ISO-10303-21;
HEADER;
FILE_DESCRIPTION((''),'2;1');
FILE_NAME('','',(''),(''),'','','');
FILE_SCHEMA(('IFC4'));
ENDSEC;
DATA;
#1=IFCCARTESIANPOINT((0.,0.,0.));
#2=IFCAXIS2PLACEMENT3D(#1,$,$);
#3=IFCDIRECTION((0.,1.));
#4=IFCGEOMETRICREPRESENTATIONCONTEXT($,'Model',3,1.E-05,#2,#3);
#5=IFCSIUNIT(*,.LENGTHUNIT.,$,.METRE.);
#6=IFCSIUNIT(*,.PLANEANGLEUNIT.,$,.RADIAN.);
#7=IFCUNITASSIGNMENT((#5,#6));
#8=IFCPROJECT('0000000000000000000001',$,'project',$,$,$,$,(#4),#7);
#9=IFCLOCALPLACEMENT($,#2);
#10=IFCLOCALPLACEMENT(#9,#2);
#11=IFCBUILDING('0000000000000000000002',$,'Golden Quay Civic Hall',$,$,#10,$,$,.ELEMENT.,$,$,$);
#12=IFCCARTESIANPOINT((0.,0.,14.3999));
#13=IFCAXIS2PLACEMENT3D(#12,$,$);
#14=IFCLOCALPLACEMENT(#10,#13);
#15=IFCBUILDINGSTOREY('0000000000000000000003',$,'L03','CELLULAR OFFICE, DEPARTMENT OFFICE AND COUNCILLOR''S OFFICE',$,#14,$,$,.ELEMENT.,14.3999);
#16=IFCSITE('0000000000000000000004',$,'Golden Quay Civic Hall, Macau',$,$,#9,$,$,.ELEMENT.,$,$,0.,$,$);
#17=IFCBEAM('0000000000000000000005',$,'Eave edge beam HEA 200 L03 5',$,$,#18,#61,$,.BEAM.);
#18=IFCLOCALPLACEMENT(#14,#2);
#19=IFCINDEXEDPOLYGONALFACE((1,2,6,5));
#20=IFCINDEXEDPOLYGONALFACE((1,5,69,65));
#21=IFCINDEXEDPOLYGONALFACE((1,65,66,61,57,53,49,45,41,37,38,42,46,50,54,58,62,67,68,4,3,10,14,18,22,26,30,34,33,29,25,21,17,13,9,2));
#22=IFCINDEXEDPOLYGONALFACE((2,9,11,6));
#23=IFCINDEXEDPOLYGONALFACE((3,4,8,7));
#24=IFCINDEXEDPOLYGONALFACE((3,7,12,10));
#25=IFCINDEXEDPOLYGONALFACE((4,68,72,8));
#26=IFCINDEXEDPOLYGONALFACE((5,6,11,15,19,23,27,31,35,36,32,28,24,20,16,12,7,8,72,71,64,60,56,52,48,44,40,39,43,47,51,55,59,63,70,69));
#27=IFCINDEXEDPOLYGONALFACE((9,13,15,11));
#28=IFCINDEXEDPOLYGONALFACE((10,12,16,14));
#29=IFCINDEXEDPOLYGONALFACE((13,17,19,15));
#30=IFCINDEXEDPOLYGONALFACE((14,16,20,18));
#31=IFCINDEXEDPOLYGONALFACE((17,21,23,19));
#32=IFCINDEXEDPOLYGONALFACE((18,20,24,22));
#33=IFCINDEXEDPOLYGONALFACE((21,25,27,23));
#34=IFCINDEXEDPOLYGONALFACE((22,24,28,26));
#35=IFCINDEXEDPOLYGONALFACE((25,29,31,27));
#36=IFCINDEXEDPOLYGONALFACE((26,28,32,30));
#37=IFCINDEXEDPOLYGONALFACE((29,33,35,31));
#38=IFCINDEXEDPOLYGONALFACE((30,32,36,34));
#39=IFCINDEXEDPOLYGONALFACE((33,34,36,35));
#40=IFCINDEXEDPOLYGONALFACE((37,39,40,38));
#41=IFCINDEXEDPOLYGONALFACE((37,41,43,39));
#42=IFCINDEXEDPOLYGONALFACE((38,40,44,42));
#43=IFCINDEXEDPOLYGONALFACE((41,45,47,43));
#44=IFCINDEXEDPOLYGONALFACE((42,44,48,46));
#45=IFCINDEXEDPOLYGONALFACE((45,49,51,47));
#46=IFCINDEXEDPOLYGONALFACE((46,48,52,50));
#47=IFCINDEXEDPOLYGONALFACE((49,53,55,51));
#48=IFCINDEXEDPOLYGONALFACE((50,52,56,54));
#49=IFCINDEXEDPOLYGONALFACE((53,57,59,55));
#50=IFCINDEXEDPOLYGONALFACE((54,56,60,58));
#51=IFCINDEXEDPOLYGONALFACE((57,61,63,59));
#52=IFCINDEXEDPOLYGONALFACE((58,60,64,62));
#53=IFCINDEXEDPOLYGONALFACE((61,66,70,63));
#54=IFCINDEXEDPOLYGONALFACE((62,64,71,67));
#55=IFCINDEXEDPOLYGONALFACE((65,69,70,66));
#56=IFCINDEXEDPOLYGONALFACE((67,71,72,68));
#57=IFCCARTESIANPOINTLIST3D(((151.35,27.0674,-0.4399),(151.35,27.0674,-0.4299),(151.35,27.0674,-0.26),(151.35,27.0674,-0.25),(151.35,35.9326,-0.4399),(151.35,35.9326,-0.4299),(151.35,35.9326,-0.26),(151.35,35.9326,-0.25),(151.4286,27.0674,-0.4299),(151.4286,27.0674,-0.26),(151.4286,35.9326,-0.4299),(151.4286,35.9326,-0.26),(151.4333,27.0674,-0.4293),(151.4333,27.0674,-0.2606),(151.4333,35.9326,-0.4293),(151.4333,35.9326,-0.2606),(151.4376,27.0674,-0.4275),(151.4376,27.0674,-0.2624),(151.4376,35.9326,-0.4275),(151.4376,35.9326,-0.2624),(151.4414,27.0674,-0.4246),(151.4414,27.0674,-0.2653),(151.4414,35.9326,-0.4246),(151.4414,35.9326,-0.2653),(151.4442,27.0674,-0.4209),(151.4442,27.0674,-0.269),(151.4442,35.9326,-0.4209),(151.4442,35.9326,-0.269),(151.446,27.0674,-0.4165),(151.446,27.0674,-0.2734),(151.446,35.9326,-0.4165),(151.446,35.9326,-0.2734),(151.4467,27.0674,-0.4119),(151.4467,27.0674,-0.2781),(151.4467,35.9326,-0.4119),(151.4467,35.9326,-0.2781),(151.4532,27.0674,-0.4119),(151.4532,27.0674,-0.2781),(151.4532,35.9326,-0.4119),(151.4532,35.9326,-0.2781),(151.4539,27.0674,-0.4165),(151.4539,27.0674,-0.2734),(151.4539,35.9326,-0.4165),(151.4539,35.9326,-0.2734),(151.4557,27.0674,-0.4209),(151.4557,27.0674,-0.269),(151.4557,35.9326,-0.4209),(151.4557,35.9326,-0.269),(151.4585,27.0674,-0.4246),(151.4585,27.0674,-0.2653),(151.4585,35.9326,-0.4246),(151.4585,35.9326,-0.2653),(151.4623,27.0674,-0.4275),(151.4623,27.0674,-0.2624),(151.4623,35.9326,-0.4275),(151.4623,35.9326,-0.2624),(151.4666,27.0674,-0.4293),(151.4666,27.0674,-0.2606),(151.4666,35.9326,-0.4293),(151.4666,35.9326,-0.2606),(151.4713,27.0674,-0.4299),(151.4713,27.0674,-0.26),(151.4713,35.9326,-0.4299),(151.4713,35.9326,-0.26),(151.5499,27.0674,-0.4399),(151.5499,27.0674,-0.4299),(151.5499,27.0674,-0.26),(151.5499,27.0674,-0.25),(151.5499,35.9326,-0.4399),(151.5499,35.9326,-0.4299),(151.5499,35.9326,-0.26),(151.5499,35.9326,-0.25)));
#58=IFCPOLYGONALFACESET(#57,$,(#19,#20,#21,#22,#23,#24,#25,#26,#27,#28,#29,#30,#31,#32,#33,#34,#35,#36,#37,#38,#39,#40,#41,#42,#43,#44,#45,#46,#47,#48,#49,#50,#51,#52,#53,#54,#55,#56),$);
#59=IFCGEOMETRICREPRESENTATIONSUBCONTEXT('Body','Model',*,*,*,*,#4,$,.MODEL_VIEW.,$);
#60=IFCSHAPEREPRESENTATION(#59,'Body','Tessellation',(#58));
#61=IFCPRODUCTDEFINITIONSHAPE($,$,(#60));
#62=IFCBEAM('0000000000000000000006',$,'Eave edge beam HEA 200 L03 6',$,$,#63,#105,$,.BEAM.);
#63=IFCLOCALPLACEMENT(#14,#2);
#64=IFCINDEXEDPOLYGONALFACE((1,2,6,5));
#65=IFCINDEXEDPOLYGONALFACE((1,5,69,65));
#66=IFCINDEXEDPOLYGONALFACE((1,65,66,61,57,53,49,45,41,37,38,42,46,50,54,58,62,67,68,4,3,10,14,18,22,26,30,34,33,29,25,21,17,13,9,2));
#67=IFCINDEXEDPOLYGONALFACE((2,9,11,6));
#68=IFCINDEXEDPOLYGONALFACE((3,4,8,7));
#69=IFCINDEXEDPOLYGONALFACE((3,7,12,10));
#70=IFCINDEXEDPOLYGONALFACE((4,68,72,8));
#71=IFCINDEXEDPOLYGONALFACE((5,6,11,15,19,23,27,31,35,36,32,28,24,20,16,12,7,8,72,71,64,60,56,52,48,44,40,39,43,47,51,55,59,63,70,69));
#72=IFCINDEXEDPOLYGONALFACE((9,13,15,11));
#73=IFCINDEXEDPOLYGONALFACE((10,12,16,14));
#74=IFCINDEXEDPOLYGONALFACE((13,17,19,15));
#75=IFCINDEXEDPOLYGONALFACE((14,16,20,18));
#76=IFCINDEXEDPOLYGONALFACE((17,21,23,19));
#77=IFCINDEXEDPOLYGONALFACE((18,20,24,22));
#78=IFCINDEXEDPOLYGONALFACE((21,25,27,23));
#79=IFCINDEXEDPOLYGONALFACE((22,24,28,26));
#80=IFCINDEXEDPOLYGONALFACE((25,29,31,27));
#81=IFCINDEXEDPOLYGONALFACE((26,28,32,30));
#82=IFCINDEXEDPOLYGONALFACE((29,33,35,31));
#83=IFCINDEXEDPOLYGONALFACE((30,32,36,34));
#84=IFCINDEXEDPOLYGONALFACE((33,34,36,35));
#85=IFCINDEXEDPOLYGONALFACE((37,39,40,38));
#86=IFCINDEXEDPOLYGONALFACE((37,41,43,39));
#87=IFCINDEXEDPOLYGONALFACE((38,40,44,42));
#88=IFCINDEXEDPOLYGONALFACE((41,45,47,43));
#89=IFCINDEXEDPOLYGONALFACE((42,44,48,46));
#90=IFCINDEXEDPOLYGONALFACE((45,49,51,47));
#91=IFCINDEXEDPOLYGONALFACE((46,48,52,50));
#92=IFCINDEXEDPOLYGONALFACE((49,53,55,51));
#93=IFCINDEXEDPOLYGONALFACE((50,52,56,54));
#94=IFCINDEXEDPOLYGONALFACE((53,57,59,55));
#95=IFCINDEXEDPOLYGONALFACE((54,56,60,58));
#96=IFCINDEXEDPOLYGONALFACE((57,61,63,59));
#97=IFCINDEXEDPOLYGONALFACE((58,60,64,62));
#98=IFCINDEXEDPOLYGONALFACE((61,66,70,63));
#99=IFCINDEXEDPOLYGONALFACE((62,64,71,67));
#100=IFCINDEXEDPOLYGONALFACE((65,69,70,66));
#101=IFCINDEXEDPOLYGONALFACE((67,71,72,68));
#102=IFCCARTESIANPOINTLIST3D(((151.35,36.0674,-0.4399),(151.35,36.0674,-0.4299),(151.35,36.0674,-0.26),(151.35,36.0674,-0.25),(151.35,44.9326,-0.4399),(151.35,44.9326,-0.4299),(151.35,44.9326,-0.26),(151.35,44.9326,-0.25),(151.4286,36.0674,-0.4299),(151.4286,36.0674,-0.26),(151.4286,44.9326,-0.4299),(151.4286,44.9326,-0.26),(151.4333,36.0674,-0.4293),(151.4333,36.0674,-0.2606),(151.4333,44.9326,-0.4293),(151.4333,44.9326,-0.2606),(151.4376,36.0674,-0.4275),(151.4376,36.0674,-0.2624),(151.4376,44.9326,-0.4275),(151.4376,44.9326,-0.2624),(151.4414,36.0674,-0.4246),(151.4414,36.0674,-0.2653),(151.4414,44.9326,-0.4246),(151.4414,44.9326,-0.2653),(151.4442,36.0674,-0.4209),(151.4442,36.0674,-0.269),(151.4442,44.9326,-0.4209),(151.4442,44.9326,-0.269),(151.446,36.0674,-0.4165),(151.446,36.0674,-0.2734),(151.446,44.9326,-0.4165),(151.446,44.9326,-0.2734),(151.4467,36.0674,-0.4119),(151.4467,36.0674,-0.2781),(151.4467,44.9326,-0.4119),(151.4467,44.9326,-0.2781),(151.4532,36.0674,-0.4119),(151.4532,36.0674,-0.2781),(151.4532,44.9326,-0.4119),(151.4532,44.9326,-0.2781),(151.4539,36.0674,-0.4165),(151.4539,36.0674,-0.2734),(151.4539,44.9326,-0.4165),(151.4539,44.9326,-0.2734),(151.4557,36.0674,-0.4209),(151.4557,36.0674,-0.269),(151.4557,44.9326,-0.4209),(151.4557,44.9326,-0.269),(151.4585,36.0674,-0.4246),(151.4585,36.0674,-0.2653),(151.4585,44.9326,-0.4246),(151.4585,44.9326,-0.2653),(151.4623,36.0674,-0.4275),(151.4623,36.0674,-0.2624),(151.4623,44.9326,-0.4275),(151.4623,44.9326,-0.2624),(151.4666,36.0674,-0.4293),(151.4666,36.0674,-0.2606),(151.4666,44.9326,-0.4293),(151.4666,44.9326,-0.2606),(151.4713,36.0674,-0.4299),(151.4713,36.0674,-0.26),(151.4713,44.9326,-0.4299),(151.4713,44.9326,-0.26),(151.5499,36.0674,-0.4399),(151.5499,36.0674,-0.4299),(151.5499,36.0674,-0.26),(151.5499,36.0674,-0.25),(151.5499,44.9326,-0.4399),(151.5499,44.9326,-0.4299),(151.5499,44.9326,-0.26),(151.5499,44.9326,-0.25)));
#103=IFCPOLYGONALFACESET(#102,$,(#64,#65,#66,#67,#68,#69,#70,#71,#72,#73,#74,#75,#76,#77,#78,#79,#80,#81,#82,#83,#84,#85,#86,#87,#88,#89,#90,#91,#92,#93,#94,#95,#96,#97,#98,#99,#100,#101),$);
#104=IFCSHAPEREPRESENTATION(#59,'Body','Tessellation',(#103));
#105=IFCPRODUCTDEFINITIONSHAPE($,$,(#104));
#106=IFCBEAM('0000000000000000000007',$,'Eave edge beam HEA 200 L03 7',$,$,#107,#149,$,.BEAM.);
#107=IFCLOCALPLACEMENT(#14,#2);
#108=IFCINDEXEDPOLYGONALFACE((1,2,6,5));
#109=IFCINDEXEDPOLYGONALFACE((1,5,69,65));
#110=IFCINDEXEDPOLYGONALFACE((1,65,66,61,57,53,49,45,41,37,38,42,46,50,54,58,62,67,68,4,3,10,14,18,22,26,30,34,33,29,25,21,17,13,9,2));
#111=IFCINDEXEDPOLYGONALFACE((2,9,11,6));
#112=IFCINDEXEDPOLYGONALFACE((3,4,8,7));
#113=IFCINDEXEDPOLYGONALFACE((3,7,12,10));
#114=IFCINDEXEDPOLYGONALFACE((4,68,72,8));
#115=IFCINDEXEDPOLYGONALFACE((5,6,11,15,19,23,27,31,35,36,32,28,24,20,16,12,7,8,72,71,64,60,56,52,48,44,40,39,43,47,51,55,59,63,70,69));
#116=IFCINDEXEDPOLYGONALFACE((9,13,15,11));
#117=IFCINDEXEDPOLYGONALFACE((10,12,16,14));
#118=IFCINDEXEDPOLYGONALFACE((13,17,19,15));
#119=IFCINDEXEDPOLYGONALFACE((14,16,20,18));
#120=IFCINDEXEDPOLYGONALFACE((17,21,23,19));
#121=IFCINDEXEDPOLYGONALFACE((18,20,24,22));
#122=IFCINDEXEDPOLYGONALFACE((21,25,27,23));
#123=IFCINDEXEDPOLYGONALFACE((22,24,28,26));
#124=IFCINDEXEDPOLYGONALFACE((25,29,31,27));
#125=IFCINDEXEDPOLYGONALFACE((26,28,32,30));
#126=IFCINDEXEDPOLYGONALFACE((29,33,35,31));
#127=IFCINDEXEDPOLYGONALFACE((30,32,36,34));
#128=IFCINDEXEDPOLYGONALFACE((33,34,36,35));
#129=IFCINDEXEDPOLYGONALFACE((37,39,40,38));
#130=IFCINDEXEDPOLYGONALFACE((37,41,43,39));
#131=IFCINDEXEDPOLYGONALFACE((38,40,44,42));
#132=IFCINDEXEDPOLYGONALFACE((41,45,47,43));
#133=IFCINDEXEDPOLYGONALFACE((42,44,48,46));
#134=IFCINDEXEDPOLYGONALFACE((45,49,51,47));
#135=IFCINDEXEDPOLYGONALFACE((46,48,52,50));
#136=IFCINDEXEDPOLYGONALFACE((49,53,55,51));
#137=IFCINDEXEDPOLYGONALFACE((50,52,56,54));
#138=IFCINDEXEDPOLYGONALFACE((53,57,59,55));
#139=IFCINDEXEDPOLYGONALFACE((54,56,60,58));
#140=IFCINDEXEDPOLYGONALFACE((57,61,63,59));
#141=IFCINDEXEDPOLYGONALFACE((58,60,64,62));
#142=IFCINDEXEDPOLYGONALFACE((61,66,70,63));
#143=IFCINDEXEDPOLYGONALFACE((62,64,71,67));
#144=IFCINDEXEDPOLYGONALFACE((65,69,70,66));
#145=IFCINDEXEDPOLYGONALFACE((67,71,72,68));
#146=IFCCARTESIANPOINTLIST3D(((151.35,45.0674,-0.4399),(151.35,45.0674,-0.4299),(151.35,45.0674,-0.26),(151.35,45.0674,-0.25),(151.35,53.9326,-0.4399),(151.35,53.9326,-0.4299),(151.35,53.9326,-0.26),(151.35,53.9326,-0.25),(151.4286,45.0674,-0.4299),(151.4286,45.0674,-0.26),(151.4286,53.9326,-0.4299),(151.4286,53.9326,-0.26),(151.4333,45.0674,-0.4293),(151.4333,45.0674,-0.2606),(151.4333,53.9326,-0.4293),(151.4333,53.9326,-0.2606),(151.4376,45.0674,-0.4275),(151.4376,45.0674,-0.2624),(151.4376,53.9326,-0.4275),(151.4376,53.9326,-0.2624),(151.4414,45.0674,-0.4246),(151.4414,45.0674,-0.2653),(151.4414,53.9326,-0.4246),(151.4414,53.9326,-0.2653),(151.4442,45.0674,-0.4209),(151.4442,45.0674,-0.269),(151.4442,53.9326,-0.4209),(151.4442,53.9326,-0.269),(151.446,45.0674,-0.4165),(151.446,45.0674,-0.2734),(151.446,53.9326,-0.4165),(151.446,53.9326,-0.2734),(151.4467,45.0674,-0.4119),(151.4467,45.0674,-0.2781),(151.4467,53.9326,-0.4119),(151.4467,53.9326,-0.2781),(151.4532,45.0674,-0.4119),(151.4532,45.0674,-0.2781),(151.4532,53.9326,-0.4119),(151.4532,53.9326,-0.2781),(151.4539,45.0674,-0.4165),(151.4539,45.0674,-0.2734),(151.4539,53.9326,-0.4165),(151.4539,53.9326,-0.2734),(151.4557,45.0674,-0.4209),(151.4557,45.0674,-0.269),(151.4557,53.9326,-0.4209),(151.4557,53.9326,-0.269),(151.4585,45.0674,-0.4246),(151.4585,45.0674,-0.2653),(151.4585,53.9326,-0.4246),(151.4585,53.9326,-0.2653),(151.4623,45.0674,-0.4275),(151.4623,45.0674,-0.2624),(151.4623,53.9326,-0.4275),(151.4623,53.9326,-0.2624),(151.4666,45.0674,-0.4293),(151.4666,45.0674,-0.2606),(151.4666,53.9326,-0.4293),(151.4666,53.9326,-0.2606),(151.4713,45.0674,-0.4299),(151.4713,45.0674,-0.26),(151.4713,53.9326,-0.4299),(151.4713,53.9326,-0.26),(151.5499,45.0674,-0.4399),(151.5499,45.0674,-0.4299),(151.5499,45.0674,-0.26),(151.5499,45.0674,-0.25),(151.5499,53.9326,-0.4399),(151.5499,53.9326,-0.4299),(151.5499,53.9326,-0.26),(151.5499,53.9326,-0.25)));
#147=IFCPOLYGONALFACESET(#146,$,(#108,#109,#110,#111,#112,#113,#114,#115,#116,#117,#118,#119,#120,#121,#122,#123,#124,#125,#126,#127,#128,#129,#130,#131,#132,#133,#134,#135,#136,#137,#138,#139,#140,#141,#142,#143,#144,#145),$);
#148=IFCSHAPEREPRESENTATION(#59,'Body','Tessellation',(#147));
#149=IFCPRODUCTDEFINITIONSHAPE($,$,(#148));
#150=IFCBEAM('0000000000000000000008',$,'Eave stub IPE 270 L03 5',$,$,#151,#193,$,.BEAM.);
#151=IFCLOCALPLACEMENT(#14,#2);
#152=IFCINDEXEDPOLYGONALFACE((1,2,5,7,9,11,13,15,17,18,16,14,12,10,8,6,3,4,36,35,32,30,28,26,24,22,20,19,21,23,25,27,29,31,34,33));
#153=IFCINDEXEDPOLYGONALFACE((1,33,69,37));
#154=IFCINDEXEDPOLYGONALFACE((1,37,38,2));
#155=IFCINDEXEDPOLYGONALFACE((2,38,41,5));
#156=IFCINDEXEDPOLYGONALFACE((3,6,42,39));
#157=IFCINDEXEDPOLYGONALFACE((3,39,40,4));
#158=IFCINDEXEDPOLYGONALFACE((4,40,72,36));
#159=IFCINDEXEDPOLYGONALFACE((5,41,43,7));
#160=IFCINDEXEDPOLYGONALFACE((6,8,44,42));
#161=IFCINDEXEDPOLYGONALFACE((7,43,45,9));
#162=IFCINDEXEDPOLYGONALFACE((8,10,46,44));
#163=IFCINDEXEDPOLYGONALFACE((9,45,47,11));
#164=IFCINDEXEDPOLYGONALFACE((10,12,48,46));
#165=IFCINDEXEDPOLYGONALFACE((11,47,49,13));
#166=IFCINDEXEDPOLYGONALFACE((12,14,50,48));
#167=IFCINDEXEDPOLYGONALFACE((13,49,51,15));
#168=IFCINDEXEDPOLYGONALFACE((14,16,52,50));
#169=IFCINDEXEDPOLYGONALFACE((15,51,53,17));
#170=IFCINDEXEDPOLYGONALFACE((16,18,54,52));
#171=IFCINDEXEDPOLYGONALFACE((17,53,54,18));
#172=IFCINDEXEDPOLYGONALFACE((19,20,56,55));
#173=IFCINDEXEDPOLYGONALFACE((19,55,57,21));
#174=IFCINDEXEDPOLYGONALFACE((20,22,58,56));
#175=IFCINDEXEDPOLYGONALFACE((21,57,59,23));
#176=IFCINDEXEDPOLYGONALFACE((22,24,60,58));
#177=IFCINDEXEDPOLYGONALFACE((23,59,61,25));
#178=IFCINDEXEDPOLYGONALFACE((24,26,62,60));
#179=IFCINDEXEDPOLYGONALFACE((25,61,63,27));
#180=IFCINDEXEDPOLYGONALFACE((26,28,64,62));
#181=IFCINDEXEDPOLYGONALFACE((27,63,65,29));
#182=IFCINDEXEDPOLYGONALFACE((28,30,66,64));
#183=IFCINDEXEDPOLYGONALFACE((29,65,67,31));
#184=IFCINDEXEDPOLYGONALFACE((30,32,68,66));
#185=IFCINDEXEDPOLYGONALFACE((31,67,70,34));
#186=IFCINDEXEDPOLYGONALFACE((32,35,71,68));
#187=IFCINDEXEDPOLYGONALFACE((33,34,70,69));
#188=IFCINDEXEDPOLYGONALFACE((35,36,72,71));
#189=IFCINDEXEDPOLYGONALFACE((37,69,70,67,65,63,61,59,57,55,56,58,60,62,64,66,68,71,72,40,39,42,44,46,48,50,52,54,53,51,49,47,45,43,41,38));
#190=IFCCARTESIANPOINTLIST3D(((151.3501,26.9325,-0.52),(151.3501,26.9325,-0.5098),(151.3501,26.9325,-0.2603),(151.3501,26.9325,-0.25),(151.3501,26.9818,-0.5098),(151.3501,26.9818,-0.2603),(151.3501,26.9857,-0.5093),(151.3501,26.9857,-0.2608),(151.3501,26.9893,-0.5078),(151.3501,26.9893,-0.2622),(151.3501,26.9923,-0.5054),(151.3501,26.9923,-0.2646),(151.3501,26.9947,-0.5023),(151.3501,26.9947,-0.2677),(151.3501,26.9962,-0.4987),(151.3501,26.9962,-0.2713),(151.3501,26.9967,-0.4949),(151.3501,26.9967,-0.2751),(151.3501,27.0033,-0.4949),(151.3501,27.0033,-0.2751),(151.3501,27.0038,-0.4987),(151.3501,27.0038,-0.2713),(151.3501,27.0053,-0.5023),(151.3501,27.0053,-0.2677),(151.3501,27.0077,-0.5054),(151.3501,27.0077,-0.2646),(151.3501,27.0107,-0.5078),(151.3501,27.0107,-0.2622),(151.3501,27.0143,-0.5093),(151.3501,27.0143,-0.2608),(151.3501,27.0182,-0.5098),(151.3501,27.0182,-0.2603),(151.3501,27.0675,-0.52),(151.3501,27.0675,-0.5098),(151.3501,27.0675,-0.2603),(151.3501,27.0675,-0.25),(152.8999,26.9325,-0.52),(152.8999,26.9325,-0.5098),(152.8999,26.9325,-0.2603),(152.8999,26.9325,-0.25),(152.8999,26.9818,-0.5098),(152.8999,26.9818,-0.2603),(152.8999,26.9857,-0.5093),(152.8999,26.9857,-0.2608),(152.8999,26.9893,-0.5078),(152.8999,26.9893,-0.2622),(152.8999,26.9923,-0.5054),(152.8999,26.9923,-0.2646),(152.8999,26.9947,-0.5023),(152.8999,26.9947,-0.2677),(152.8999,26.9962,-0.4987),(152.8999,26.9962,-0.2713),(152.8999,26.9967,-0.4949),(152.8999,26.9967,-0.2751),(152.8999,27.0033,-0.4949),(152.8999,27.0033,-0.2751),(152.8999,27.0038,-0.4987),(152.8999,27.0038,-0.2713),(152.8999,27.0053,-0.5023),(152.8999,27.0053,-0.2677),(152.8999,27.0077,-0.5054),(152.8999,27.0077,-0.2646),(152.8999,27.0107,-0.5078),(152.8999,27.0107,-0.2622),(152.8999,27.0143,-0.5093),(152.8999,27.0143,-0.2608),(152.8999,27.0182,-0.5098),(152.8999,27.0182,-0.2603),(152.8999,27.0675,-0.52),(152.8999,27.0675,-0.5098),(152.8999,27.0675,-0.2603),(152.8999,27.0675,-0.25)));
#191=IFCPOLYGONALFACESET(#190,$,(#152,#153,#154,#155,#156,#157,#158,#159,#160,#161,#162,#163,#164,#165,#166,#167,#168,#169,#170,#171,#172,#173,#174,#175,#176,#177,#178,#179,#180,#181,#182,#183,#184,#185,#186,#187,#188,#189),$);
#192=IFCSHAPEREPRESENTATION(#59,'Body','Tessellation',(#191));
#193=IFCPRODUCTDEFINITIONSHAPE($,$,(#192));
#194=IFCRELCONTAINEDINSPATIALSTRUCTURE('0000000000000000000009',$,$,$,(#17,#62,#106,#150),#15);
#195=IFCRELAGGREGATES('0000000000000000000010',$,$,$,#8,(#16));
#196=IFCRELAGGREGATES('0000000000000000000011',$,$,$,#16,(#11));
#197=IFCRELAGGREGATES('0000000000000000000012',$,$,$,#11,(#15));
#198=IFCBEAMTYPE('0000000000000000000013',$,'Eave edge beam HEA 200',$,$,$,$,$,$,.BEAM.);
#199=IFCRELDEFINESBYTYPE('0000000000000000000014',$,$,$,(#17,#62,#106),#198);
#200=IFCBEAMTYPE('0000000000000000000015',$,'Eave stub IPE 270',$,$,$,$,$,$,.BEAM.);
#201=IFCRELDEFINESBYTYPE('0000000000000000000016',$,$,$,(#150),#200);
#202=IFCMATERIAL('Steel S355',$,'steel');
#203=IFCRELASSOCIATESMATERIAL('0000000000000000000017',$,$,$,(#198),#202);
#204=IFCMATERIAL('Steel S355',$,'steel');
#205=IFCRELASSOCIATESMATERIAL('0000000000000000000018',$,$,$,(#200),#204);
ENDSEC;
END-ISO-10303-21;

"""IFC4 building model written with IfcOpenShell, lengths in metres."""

from ifc_helpers import new_model, si_unit, direction, frame, origin, origin_2d, place, context, subcontext, project, spatial, i_section, extrude, material, material_profile, profile_set, type_object, element, save


model = new_model("IFC4")

# Units and contexts
model_context = context("Model", 3, precision=1e-05, world=origin(), true_north=direction((0.0, 1.0)))
body_context = subcontext(model_context, "Body", "Model", "MODEL_VIEW")
ifc_project = project(units=[si_unit("LENGTHUNIT", "METRE"), si_unit("PLANEANGLEUNIT", "RADIAN")], contexts=[model_context])

# Site, building, storey
site_placement = place(None, origin())
site = spatial("IfcSite", under=ifc_project, at=site_placement, Name="Golden Quay Civic Hall, Macau", CompositionType="ELEMENT", RefElevation=0.0)
building_placement = place(site_placement, origin())
building = spatial("IfcBuilding", under=site, at=building_placement, Name="Golden Quay Civic Hall", CompositionType="ELEMENT")
storey_placement = place(building_placement, frame((0.0, 0.0, 14.3999)))
storey = spatial("IfcBuildingStorey", under=building, at=storey_placement, Name="L03", Description="CELLULAR OFFICE, DEPARTMENT OFFICE AND COUNCILLOR'S OFFICE", CompositionType="ELEMENT", Elevation=14.3999)

# Beams
ifc_material_1 = material(Name="Steel S355", Category="steel")
ifc_material_profile_1 = material_profile(ifc_material_1, i_section(OverallWidth=0.2, OverallDepth=0.1899, WebThickness=0.0066, FlangeThickness=0.01, FilletRadius=0.0181, at=origin_2d()), Name="HEA 200")
ifc_profile_set_1 = profile_set([ifc_material_profile_1], Name="Steel S355")
beam_type_1 = type_object("IfcBeamType", Name="Eave edge beam HEA 200", PredefinedType="BEAM", material=ifc_profile_set_1)
for number, where, z_axis, x_axis, name in (
    (1, (151.45, 27.0674, -0.345), (0.0, 1.0, 0.0), (-1.0, 0.0, 0.0), "Eave edge beam HEA 200 L03 5"),
    (2, (151.45, 36.0674, -0.345), (0.0, 1.0, 0.0), (-1.0, 0.0, 0.0), "Eave edge beam HEA 200 L03 6"),
    (3, (151.45, 45.0674, -0.345), (0.0, 1.0, 0.0), (-1.0, 0.0, 0.0), "Eave edge beam HEA 200 L03 7"),
):
    element("IfcBeam", number, at=place(storey_placement, frame(where, z_axis=z_axis, x_axis=x_axis)), inside=storey, type_object=beam_type_1, Name=name, PredefinedType="BEAM", context=body_context, shape_type="SweptSolid", body=[
        extrude(i_section(OverallWidth=0.2, OverallDepth=0.1899, WebThickness=0.0066, FlangeThickness=0.01, FilletRadius=0.0181, at=origin_2d()), origin(), (0.0, 0.0, 1.0), 8.8652),
    ])
ifc_material_2 = material(Name="Steel S355", Category="steel")
ifc_material_profile_2 = material_profile(ifc_material_2, i_section(OverallWidth=0.135, OverallDepth=0.27, WebThickness=0.0066, FlangeThickness=0.0103, FilletRadius=0.0149, at=origin_2d()), Name="IPE 270")
ifc_profile_set_2 = profile_set([ifc_material_profile_2], Name="Steel S355")
beam_type_2 = type_object("IfcBeamType", Name="Eave stub IPE 270", PredefinedType="BEAM", material=ifc_profile_set_2)
for number, where, z_axis, x_axis, name in (
    (4, (152.8999, 27.0, -0.385), (-1.0, 0.0, 0.0), (0.0, -1.0, 0.0), "Eave stub IPE 270 L03 5"),
):
    element("IfcBeam", number, at=place(storey_placement, frame(where, z_axis=z_axis, x_axis=x_axis)), inside=storey, type_object=beam_type_2, Name=name, PredefinedType="BEAM", context=body_context, shape_type="SweptSolid", body=[
        extrude(i_section(OverallWidth=0.135, OverallDepth=0.27, WebThickness=0.0066, FlangeThickness=0.0103, FilletRadius=0.0149, at=origin_2d()), origin(), (0.0, 0.0, 1.0), 1.5498),
    ])

save(model, "model.ifc")
